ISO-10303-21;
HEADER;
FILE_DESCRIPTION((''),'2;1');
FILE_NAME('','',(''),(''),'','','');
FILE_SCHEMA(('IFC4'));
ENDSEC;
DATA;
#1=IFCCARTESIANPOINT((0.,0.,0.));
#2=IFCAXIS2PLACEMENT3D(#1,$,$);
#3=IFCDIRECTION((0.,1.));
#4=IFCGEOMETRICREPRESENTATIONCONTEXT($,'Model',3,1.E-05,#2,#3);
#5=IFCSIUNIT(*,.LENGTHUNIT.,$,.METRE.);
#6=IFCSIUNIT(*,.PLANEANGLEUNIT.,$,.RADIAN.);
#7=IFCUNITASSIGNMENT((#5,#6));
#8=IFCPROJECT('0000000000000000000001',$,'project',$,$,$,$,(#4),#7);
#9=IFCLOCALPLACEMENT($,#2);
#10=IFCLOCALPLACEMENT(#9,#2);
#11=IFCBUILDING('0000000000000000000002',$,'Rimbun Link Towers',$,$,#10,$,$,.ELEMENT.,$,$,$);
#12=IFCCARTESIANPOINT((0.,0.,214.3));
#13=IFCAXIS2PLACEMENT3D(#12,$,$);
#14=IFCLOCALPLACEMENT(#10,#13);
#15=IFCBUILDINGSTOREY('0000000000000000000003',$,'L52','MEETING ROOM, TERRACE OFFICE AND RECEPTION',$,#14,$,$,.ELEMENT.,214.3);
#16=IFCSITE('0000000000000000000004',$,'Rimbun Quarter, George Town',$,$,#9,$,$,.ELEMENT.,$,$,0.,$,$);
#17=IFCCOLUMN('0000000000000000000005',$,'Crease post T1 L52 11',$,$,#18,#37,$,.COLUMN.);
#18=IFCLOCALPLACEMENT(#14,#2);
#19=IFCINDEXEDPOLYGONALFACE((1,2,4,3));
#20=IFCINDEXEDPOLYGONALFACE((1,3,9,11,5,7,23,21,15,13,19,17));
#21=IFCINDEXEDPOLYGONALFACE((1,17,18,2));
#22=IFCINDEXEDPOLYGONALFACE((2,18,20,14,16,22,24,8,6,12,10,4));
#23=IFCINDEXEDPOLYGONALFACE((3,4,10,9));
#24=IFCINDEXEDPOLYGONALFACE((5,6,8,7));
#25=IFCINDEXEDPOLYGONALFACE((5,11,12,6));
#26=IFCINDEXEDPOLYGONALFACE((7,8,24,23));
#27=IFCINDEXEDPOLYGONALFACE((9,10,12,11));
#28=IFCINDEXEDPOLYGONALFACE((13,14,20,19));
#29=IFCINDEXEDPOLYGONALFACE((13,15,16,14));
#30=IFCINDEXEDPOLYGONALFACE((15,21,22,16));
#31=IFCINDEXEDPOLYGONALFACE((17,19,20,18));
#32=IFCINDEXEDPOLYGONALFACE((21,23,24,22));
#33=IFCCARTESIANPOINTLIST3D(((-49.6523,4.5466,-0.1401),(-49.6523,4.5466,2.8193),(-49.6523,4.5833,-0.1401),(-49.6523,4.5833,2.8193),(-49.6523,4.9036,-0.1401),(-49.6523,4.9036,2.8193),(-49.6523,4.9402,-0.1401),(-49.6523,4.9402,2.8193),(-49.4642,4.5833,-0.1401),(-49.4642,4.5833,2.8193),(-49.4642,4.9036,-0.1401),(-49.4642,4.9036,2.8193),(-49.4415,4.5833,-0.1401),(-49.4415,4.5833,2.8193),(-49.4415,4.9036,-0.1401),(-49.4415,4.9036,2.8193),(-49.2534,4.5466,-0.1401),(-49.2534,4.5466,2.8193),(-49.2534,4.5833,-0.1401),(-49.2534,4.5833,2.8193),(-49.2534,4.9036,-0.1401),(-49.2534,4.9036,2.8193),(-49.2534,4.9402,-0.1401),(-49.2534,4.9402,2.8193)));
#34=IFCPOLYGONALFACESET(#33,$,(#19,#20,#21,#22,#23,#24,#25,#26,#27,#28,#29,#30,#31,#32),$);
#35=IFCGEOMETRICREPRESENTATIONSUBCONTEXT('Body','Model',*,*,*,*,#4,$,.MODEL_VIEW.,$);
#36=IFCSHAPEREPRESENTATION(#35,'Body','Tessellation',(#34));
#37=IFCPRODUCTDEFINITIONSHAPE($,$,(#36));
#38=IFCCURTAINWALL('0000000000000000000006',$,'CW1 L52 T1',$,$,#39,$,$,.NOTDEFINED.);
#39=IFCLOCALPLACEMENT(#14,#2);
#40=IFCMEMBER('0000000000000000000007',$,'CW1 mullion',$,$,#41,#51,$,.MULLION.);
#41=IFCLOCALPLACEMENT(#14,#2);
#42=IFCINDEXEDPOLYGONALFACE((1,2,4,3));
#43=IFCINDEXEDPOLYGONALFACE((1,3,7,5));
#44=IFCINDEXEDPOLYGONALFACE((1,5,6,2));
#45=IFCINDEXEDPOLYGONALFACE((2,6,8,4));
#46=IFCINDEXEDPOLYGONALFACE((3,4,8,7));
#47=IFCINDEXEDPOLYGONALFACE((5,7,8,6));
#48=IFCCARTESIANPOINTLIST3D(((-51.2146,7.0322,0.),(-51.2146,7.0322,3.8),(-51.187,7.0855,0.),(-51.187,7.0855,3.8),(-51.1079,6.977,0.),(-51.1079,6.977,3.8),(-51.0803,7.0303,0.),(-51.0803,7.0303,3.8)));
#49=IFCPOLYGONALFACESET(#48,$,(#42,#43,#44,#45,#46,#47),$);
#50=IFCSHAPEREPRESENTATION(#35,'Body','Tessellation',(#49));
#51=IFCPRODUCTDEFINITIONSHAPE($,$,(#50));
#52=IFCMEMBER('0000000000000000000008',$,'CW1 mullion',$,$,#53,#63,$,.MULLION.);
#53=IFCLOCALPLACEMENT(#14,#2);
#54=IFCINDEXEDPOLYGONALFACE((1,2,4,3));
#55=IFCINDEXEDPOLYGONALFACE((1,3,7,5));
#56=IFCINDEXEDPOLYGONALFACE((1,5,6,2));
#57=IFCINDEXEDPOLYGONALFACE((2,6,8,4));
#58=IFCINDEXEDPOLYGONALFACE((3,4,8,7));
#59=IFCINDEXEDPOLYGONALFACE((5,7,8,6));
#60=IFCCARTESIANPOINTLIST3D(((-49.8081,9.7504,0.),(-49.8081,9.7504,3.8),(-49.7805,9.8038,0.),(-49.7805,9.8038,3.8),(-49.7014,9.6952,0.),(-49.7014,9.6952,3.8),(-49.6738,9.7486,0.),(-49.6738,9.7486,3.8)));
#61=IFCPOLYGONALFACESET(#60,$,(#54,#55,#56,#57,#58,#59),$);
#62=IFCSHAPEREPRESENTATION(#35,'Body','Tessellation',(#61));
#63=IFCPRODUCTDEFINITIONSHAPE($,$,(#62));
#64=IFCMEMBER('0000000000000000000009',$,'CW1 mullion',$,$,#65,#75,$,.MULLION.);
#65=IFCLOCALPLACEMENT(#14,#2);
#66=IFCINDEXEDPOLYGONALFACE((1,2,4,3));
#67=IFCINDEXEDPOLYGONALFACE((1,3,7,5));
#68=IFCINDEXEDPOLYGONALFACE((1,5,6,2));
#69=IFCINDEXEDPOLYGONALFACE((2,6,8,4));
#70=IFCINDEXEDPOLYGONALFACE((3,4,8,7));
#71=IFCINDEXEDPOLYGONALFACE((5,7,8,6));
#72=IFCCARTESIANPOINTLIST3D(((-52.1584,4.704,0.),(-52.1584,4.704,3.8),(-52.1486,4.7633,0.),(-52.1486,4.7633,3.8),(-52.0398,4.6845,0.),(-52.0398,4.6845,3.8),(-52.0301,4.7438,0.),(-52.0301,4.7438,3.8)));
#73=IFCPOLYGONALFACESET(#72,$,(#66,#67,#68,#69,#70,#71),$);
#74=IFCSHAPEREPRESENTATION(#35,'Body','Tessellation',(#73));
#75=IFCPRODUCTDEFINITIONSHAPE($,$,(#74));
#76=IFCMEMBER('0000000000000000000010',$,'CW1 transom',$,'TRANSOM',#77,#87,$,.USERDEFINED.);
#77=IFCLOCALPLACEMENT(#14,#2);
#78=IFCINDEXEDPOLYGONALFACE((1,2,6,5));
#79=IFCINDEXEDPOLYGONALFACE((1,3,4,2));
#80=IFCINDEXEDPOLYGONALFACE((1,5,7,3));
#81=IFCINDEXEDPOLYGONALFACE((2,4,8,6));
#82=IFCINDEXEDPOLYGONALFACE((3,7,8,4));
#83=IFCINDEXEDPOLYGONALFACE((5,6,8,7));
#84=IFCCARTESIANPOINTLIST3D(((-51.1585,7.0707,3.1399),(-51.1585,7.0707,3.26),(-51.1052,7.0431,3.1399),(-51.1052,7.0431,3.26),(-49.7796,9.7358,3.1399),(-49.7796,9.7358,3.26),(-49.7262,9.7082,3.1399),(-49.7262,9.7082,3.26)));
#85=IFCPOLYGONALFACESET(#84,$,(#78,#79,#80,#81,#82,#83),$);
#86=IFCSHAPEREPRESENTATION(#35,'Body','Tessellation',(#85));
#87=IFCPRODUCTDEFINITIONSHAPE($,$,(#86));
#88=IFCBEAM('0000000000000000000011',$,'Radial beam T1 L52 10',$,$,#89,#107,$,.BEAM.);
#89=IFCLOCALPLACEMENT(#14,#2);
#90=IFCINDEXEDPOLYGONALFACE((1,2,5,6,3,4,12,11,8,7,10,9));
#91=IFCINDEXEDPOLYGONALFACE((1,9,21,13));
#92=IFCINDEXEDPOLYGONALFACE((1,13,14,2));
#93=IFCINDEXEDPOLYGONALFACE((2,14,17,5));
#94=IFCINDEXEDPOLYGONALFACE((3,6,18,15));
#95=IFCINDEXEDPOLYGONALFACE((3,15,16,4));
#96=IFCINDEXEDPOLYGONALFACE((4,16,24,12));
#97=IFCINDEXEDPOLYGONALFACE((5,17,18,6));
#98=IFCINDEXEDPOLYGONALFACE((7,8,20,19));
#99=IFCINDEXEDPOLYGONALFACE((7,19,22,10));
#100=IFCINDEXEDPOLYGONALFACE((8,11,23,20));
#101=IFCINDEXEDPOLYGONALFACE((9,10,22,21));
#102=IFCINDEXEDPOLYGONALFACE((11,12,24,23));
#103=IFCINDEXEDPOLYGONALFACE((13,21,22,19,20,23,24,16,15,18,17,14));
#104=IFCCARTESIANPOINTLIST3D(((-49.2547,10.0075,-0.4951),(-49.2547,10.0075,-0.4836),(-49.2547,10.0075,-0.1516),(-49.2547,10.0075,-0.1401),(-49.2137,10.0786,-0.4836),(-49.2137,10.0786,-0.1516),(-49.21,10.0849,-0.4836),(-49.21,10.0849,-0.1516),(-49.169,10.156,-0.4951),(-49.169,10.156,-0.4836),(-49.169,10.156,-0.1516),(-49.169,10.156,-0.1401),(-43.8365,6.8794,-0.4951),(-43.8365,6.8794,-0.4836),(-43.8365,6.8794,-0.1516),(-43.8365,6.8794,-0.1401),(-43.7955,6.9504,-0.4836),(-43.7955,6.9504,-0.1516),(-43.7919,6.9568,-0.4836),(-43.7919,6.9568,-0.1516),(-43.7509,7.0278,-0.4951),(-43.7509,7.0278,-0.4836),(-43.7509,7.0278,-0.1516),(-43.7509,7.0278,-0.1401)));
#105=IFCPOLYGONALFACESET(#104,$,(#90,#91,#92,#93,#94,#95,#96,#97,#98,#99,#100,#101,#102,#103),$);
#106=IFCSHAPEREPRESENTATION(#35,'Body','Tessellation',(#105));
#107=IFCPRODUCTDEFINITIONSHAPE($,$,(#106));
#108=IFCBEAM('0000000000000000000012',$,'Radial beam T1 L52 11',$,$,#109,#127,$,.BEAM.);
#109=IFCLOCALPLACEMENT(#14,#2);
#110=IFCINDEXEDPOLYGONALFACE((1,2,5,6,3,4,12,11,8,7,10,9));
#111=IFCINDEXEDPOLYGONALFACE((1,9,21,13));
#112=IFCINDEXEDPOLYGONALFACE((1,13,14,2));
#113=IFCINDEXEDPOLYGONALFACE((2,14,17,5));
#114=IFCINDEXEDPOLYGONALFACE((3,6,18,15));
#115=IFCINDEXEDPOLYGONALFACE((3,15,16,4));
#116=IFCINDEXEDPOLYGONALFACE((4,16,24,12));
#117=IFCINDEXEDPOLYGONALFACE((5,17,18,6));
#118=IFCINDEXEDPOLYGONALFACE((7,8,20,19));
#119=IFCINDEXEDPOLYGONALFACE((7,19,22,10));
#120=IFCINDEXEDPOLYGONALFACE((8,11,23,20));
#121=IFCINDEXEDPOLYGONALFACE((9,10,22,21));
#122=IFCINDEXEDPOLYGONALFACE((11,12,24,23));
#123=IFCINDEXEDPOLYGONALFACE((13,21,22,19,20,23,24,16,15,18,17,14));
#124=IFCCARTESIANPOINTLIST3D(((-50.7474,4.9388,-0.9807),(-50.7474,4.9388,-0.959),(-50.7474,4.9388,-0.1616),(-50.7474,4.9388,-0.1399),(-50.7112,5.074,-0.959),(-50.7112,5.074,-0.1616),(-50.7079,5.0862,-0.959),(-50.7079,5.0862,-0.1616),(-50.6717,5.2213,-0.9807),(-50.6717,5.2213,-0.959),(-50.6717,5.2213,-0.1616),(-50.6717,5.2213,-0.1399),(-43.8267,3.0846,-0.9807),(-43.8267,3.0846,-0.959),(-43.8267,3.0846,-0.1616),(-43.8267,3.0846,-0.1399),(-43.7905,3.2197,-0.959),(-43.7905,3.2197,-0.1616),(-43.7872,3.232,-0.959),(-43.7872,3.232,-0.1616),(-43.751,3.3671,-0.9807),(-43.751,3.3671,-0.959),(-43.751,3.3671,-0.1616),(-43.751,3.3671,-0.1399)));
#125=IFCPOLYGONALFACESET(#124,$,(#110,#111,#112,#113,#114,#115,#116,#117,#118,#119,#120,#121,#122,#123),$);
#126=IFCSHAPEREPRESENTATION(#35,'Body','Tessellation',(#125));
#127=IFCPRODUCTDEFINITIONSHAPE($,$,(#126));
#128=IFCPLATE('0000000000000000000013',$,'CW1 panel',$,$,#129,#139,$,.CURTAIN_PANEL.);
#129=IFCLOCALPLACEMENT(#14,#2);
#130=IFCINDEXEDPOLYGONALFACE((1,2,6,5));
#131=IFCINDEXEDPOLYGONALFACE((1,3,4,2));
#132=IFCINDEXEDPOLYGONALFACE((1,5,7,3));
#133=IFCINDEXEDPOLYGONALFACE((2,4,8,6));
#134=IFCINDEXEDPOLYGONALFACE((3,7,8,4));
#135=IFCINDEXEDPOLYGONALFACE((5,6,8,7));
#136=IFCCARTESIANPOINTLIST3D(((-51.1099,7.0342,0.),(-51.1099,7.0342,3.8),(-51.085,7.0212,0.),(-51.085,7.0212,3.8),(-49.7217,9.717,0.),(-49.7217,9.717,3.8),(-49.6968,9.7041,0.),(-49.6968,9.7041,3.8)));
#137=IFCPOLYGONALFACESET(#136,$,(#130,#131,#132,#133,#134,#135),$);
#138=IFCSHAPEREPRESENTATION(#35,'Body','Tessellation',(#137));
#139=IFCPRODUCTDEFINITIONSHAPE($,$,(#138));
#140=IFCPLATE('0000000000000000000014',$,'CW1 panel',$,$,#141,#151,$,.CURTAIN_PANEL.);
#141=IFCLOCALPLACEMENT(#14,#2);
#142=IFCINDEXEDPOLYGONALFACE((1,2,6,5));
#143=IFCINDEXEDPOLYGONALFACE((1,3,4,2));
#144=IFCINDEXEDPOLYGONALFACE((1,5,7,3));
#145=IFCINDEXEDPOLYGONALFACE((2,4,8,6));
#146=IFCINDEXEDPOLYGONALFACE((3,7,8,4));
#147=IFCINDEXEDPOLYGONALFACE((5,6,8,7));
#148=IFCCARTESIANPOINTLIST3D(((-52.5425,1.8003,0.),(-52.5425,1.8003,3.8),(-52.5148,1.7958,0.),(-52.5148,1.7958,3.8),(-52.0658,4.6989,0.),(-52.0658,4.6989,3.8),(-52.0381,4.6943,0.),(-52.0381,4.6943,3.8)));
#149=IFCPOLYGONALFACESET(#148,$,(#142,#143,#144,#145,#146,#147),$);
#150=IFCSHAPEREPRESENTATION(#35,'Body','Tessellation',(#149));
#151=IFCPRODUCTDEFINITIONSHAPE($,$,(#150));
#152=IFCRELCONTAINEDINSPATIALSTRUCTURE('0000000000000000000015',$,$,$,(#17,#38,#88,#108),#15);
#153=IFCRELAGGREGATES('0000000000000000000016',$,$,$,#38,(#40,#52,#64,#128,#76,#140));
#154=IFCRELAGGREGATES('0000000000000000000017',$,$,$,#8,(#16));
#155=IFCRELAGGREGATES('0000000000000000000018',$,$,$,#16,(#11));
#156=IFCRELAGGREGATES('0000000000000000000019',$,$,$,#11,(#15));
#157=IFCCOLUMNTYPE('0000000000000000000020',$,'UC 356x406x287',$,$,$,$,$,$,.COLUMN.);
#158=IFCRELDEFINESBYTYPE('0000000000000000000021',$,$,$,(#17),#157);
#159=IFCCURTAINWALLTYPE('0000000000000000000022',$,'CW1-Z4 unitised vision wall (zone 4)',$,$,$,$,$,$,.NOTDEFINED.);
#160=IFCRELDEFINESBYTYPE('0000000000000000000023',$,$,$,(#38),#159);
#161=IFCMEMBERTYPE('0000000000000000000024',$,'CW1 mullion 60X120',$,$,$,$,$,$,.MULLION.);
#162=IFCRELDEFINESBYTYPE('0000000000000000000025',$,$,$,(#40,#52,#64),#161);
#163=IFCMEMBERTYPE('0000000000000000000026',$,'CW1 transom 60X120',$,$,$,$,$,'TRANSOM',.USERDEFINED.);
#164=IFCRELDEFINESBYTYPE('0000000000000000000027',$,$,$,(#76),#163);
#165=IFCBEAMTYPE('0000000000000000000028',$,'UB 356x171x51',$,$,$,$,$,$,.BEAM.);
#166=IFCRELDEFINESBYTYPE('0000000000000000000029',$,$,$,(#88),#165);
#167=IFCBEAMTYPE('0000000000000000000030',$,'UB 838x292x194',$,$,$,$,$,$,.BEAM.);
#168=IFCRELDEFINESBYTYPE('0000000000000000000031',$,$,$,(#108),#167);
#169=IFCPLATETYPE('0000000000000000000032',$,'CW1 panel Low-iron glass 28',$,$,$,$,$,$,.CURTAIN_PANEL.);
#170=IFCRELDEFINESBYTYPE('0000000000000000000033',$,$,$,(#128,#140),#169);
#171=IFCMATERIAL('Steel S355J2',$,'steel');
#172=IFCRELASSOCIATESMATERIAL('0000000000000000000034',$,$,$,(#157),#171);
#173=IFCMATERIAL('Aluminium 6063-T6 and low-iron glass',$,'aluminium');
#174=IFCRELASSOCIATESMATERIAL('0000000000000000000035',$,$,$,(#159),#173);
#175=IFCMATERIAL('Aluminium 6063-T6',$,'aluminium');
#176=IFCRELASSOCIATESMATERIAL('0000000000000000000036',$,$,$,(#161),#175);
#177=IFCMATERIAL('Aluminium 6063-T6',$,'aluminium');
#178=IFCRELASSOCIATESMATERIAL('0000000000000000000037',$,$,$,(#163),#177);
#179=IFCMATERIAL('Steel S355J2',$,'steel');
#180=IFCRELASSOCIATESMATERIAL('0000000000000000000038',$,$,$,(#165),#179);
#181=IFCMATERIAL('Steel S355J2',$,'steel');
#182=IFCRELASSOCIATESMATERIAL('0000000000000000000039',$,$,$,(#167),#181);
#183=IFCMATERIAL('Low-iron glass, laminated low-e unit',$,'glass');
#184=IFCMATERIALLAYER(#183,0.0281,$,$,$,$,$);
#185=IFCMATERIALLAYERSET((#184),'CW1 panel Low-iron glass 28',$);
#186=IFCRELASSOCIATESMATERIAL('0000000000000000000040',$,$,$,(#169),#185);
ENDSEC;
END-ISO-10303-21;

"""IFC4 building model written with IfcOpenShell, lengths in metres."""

from ifc_helpers import new_model, si_unit, direction, frame, origin, origin_2d, place, context, subcontext, project, spatial, rectangle, i_section, extrude, material, layer, layer_set, material_profile, profile_set, type_object, element, aggregate, save


model = new_model("IFC4")

# Units and contexts
model_context = context("Model", 3, precision=1e-05, world=origin(), true_north=direction((0.0, 1.0)))
body_context = subcontext(model_context, "Body", "Model", "MODEL_VIEW")
ifc_project = project(units=[si_unit("LENGTHUNIT", "METRE"), si_unit("PLANEANGLEUNIT", "RADIAN")], contexts=[model_context])

# Site, building, storey
site_placement = place(None, origin())
site = spatial("IfcSite", under=ifc_project, at=site_placement, Name="Rimbun Quarter, George Town", CompositionType="ELEMENT", RefElevation=0.0)
building_placement = place(site_placement, origin())
building = spatial("IfcBuilding", under=site, at=building_placement, Name="Rimbun Link Towers", CompositionType="ELEMENT")
storey_placement = place(building_placement, frame((0.0, 0.0, 214.3)))
storey = spatial("IfcBuildingStorey", under=building, at=storey_placement, Name="L52", Description="MEETING ROOM, TERRACE OFFICE AND RECEPTION", CompositionType="ELEMENT", Elevation=214.3)

# Column
ifc_material_1 = material(Name="Steel S355J2", Category="steel")
ifc_material_profile_1 = material_profile(ifc_material_1, i_section(OverallWidth=0.3989, OverallDepth=0.3936, WebThickness=0.0227, FlangeThickness=0.0366, at=origin_2d()), Name="UC 356x406x287")
ifc_profile_set_1 = profile_set([ifc_material_profile_1], Name="Steel S355J2")
column_type = type_object("IfcColumnType", Name="UC 356x406x287", PredefinedType="COLUMN", material=ifc_profile_set_1)
column_placement = place(storey_placement, frame((-49.4529, 4.7434, -0.1401), z_axis=(0.0, 0.0, 1.0), x_axis=(1.0, 0.0, 0.0)))
element("IfcColumn", 1, at=column_placement, inside=storey, type_object=column_type, Name="Crease post T1 L52 11", PredefinedType="COLUMN", context=body_context, shape_type="SweptSolid", body=[
    extrude(i_section(OverallWidth=0.3989, OverallDepth=0.3936, WebThickness=0.0227, FlangeThickness=0.0366, at=origin_2d()), origin(), (0.0, 0.0, 1.0), 2.9595),
])

# Curtain wall, members
ifc_material_2 = material(Name="Aluminium 6063-T6 and low-iron glass", Category="aluminium")
curtain_wall_type = type_object("IfcCurtainWallType", Name="CW1-Z4 unitised vision wall (zone 4)", PredefinedType="NOTDEFINED", material=ifc_material_2)
curtain_wall_placement = place(storey_placement, origin())
curtain_wall = element("IfcCurtainWall", 2, at=curtain_wall_placement, inside=storey, type_object=curtain_wall_type, Name="CW1 L52 T1", PredefinedType="NOTDEFINED")
ifc_material_3 = material(Name="Aluminium 6063-T6", Category="aluminium")
ifc_material_profile_2 = material_profile(ifc_material_3, rectangle(XDim=0.1201, YDim=0.0601, at=origin_2d()), Name="MULLION 60X120")
ifc_profile_set_2 = profile_set([ifc_material_profile_2], Name="Aluminium 6063-T6")
member_type_1 = type_object("IfcMemberType", Name="CW1 mullion 60X120", PredefinedType="MULLION", material=ifc_profile_set_2)
member_1_placement = place(storey_placement, frame((-51.1475, 7.0312, 0.0), z_axis=(0.0, 0.0, 1.0), x_axis=(-0.88815, 0.459554, 0.0)))
member_1 = element("IfcMember", 3, at=member_1_placement, type_object=member_type_1, Name="CW1 mullion", PredefinedType="MULLION", context=body_context, shape_type="SweptSolid", body=[
    extrude(rectangle(XDim=0.1201, YDim=0.0601, at=origin_2d()), origin(), (0.0, 0.0, 1.0), 3.8),
])
member_2_placement = place(storey_placement, frame((-49.741, 9.7495, 0.0), z_axis=(0.0, 0.0, 1.0), x_axis=(-0.88815, 0.459554, 0.0)))
member_2 = element("IfcMember", 4, at=member_2_placement, type_object=member_type_1, Name="CW1 mullion", PredefinedType="MULLION", context=body_context, shape_type="SweptSolid", body=[
    extrude(rectangle(XDim=0.1201, YDim=0.0601, at=origin_2d()), origin(), (0.0, 0.0, 1.0), 3.8),
])
member_3_placement = place(storey_placement, frame((-52.0942, 4.7239, 0.0), z_axis=(0.0, 0.0, 1.0), x_axis=(-0.986747, 0.162264, 0.0)))
member_3 = element("IfcMember", 5, at=member_3_placement, type_object=member_type_1, Name="CW1 mullion", PredefinedType="MULLION", context=body_context, shape_type="SweptSolid", body=[
    extrude(rectangle(XDim=0.1201, YDim=0.0601, at=origin_2d()), origin(), (0.0, 0.0, 1.0), 3.8),
])
ifc_material_4 = material(Name="Aluminium 6063-T6", Category="aluminium")
ifc_material_profile_3 = material_profile(ifc_material_4, rectangle(XDim=0.0601, YDim=0.1201, at=origin_2d()), Name="TRANSOM 60X120")
ifc_profile_set_3 = profile_set([ifc_material_profile_3], Name="Aluminium 6063-T6")
member_type_2 = type_object("IfcMemberType", Name="CW1 transom 60X120", ElementType="TRANSOM", PredefinedType="USERDEFINED", material=ifc_profile_set_3)
member_4_placement = place(storey_placement, frame((-51.1318, 7.0569, 3.2), z_axis=(0.459538, 0.888158, 0.0), x_axis=(-0.888158, 0.459538, 0.0)))
member_4 = element("IfcMember", 6, at=member_4_placement, type_object=member_type_2, Name="CW1 transom", ObjectType="TRANSOM", PredefinedType="USERDEFINED", context=body_context, shape_type="SweptSolid", body=[
    extrude(rectangle(XDim=0.0601, YDim=0.1201, at=origin_2d()), origin(), (0.0, 0.0, 1.0), 3.0007),
])

# Beams
ifc_material_5 = material(Name="Steel S355J2", Category="steel")
ifc_material_profile_4 = material_profile(ifc_material_5, i_section(OverallWidth=0.1714, OverallDepth=0.355, WebThickness=0.0073, FlangeThickness=0.0115, at=origin_2d()), Name="UB 356x171x51")
ifc_profile_set_4 = profile_set([ifc_material_profile_4], Name="Steel S355J2")
beam_type_1 = type_object("IfcBeamType", Name="UB 356x171x51", PredefinedType="BEAM", material=ifc_profile_set_4)
beam_1_placement = place(storey_placement, frame((-43.7937, 6.9536, -0.3176), z_axis=(-0.866028, 0.499996, 0.0), x_axis=(-0.499996, -0.866028, 0.0)))
element("IfcBeam", 7, at=beam_1_placement, inside=storey, type_object=beam_type_1, Name="Radial beam T1 L52 10", PredefinedType="BEAM", context=body_context, shape_type="SweptSolid", body=[
    extrude(i_section(OverallWidth=0.1714, OverallDepth=0.355, WebThickness=0.0073, FlangeThickness=0.0115, at=origin_2d()), origin(), (0.0, 0.0, 1.0), 6.2563),
])
ifc_material_6 = material(Name="Steel S355J2", Category="steel")
ifc_material_profile_5 = material_profile(ifc_material_6, i_section(OverallWidth=0.2925, OverallDepth=0.8408, WebThickness=0.0127, FlangeThickness=0.0217, at=origin_2d()), Name="UB 838x292x194")
ifc_profile_set_5 = profile_set([ifc_material_profile_5], Name="Steel S355J2")
beam_type_2 = type_object("IfcBeamType", Name="UB 838x292x194", PredefinedType="BEAM", material=ifc_profile_set_5)
beam_2_placement = place(storey_placement, frame((-43.7888, 3.2258, -0.5603), z_axis=(-0.965931, 0.258801, 0.0), x_axis=(-0.258801, -0.965931, 0.0)))
element("IfcBeam", 8, at=beam_2_placement, inside=storey, type_object=beam_type_2, Name="Radial beam T1 L52 11", PredefinedType="BEAM", context=body_context, shape_type="SweptSolid", body=[
    extrude(i_section(OverallWidth=0.2925, OverallDepth=0.8408, WebThickness=0.0127, FlangeThickness=0.0217, at=origin_2d()), origin(), (0.0, 0.0, 1.0), 7.1648),
])

# Plates
ifc_material_7 = material(Name="Low-iron glass, laminated low-e unit", Category="glass")
ifc_layer_1 = layer(ifc_material_7, 0.0281)
ifc_layer_set_1 = layer_set([ifc_layer_1], Name="CW1 panel Low-iron glass 28")
plate_type = type_object("IfcPlateType", Name="CW1 panel Low-iron glass 28", PredefinedType="CURTAIN_PANEL", material=ifc_layer_set_1)
plate_1_placement = place(storey_placement, frame((-50.4033, 8.3691, 0.0), z_axis=(0.0, 0.0, 1.0), x_axis=(0.459554, 0.88815, 0.0)))
plate_1 = element("IfcPlate", 9, at=plate_1_placement, type_object=plate_type, Name="CW1 panel", PredefinedType="CURTAIN_PANEL", context=body_context, shape_type="SweptSolid", body=[
    extrude(rectangle(XDim=3.0208, YDim=0.0281, at=origin_2d()), origin(), (0.0, 0.0, 1.0), 3.8),
])
plate_2_placement = place(storey_placement, frame((-52.2903, 3.2473, 0.0), z_axis=(0.0, 0.0, 1.0), x_axis=(0.162264, 0.986747, 0.0)))
plate_2 = element("IfcPlate", 10, at=plate_2_placement, type_object=plate_type, Name="CW1 panel", PredefinedType="CURTAIN_PANEL", context=body_context, shape_type="SweptSolid", body=[
    extrude(rectangle(XDim=2.9375, YDim=0.0281, at=origin_2d()), origin(), (0.0, 0.0, 1.0), 3.8),
])
aggregate(curtain_wall, [member_1, member_2, member_3, plate_1, member_4, plate_2])

save(model, "model.ifc")
